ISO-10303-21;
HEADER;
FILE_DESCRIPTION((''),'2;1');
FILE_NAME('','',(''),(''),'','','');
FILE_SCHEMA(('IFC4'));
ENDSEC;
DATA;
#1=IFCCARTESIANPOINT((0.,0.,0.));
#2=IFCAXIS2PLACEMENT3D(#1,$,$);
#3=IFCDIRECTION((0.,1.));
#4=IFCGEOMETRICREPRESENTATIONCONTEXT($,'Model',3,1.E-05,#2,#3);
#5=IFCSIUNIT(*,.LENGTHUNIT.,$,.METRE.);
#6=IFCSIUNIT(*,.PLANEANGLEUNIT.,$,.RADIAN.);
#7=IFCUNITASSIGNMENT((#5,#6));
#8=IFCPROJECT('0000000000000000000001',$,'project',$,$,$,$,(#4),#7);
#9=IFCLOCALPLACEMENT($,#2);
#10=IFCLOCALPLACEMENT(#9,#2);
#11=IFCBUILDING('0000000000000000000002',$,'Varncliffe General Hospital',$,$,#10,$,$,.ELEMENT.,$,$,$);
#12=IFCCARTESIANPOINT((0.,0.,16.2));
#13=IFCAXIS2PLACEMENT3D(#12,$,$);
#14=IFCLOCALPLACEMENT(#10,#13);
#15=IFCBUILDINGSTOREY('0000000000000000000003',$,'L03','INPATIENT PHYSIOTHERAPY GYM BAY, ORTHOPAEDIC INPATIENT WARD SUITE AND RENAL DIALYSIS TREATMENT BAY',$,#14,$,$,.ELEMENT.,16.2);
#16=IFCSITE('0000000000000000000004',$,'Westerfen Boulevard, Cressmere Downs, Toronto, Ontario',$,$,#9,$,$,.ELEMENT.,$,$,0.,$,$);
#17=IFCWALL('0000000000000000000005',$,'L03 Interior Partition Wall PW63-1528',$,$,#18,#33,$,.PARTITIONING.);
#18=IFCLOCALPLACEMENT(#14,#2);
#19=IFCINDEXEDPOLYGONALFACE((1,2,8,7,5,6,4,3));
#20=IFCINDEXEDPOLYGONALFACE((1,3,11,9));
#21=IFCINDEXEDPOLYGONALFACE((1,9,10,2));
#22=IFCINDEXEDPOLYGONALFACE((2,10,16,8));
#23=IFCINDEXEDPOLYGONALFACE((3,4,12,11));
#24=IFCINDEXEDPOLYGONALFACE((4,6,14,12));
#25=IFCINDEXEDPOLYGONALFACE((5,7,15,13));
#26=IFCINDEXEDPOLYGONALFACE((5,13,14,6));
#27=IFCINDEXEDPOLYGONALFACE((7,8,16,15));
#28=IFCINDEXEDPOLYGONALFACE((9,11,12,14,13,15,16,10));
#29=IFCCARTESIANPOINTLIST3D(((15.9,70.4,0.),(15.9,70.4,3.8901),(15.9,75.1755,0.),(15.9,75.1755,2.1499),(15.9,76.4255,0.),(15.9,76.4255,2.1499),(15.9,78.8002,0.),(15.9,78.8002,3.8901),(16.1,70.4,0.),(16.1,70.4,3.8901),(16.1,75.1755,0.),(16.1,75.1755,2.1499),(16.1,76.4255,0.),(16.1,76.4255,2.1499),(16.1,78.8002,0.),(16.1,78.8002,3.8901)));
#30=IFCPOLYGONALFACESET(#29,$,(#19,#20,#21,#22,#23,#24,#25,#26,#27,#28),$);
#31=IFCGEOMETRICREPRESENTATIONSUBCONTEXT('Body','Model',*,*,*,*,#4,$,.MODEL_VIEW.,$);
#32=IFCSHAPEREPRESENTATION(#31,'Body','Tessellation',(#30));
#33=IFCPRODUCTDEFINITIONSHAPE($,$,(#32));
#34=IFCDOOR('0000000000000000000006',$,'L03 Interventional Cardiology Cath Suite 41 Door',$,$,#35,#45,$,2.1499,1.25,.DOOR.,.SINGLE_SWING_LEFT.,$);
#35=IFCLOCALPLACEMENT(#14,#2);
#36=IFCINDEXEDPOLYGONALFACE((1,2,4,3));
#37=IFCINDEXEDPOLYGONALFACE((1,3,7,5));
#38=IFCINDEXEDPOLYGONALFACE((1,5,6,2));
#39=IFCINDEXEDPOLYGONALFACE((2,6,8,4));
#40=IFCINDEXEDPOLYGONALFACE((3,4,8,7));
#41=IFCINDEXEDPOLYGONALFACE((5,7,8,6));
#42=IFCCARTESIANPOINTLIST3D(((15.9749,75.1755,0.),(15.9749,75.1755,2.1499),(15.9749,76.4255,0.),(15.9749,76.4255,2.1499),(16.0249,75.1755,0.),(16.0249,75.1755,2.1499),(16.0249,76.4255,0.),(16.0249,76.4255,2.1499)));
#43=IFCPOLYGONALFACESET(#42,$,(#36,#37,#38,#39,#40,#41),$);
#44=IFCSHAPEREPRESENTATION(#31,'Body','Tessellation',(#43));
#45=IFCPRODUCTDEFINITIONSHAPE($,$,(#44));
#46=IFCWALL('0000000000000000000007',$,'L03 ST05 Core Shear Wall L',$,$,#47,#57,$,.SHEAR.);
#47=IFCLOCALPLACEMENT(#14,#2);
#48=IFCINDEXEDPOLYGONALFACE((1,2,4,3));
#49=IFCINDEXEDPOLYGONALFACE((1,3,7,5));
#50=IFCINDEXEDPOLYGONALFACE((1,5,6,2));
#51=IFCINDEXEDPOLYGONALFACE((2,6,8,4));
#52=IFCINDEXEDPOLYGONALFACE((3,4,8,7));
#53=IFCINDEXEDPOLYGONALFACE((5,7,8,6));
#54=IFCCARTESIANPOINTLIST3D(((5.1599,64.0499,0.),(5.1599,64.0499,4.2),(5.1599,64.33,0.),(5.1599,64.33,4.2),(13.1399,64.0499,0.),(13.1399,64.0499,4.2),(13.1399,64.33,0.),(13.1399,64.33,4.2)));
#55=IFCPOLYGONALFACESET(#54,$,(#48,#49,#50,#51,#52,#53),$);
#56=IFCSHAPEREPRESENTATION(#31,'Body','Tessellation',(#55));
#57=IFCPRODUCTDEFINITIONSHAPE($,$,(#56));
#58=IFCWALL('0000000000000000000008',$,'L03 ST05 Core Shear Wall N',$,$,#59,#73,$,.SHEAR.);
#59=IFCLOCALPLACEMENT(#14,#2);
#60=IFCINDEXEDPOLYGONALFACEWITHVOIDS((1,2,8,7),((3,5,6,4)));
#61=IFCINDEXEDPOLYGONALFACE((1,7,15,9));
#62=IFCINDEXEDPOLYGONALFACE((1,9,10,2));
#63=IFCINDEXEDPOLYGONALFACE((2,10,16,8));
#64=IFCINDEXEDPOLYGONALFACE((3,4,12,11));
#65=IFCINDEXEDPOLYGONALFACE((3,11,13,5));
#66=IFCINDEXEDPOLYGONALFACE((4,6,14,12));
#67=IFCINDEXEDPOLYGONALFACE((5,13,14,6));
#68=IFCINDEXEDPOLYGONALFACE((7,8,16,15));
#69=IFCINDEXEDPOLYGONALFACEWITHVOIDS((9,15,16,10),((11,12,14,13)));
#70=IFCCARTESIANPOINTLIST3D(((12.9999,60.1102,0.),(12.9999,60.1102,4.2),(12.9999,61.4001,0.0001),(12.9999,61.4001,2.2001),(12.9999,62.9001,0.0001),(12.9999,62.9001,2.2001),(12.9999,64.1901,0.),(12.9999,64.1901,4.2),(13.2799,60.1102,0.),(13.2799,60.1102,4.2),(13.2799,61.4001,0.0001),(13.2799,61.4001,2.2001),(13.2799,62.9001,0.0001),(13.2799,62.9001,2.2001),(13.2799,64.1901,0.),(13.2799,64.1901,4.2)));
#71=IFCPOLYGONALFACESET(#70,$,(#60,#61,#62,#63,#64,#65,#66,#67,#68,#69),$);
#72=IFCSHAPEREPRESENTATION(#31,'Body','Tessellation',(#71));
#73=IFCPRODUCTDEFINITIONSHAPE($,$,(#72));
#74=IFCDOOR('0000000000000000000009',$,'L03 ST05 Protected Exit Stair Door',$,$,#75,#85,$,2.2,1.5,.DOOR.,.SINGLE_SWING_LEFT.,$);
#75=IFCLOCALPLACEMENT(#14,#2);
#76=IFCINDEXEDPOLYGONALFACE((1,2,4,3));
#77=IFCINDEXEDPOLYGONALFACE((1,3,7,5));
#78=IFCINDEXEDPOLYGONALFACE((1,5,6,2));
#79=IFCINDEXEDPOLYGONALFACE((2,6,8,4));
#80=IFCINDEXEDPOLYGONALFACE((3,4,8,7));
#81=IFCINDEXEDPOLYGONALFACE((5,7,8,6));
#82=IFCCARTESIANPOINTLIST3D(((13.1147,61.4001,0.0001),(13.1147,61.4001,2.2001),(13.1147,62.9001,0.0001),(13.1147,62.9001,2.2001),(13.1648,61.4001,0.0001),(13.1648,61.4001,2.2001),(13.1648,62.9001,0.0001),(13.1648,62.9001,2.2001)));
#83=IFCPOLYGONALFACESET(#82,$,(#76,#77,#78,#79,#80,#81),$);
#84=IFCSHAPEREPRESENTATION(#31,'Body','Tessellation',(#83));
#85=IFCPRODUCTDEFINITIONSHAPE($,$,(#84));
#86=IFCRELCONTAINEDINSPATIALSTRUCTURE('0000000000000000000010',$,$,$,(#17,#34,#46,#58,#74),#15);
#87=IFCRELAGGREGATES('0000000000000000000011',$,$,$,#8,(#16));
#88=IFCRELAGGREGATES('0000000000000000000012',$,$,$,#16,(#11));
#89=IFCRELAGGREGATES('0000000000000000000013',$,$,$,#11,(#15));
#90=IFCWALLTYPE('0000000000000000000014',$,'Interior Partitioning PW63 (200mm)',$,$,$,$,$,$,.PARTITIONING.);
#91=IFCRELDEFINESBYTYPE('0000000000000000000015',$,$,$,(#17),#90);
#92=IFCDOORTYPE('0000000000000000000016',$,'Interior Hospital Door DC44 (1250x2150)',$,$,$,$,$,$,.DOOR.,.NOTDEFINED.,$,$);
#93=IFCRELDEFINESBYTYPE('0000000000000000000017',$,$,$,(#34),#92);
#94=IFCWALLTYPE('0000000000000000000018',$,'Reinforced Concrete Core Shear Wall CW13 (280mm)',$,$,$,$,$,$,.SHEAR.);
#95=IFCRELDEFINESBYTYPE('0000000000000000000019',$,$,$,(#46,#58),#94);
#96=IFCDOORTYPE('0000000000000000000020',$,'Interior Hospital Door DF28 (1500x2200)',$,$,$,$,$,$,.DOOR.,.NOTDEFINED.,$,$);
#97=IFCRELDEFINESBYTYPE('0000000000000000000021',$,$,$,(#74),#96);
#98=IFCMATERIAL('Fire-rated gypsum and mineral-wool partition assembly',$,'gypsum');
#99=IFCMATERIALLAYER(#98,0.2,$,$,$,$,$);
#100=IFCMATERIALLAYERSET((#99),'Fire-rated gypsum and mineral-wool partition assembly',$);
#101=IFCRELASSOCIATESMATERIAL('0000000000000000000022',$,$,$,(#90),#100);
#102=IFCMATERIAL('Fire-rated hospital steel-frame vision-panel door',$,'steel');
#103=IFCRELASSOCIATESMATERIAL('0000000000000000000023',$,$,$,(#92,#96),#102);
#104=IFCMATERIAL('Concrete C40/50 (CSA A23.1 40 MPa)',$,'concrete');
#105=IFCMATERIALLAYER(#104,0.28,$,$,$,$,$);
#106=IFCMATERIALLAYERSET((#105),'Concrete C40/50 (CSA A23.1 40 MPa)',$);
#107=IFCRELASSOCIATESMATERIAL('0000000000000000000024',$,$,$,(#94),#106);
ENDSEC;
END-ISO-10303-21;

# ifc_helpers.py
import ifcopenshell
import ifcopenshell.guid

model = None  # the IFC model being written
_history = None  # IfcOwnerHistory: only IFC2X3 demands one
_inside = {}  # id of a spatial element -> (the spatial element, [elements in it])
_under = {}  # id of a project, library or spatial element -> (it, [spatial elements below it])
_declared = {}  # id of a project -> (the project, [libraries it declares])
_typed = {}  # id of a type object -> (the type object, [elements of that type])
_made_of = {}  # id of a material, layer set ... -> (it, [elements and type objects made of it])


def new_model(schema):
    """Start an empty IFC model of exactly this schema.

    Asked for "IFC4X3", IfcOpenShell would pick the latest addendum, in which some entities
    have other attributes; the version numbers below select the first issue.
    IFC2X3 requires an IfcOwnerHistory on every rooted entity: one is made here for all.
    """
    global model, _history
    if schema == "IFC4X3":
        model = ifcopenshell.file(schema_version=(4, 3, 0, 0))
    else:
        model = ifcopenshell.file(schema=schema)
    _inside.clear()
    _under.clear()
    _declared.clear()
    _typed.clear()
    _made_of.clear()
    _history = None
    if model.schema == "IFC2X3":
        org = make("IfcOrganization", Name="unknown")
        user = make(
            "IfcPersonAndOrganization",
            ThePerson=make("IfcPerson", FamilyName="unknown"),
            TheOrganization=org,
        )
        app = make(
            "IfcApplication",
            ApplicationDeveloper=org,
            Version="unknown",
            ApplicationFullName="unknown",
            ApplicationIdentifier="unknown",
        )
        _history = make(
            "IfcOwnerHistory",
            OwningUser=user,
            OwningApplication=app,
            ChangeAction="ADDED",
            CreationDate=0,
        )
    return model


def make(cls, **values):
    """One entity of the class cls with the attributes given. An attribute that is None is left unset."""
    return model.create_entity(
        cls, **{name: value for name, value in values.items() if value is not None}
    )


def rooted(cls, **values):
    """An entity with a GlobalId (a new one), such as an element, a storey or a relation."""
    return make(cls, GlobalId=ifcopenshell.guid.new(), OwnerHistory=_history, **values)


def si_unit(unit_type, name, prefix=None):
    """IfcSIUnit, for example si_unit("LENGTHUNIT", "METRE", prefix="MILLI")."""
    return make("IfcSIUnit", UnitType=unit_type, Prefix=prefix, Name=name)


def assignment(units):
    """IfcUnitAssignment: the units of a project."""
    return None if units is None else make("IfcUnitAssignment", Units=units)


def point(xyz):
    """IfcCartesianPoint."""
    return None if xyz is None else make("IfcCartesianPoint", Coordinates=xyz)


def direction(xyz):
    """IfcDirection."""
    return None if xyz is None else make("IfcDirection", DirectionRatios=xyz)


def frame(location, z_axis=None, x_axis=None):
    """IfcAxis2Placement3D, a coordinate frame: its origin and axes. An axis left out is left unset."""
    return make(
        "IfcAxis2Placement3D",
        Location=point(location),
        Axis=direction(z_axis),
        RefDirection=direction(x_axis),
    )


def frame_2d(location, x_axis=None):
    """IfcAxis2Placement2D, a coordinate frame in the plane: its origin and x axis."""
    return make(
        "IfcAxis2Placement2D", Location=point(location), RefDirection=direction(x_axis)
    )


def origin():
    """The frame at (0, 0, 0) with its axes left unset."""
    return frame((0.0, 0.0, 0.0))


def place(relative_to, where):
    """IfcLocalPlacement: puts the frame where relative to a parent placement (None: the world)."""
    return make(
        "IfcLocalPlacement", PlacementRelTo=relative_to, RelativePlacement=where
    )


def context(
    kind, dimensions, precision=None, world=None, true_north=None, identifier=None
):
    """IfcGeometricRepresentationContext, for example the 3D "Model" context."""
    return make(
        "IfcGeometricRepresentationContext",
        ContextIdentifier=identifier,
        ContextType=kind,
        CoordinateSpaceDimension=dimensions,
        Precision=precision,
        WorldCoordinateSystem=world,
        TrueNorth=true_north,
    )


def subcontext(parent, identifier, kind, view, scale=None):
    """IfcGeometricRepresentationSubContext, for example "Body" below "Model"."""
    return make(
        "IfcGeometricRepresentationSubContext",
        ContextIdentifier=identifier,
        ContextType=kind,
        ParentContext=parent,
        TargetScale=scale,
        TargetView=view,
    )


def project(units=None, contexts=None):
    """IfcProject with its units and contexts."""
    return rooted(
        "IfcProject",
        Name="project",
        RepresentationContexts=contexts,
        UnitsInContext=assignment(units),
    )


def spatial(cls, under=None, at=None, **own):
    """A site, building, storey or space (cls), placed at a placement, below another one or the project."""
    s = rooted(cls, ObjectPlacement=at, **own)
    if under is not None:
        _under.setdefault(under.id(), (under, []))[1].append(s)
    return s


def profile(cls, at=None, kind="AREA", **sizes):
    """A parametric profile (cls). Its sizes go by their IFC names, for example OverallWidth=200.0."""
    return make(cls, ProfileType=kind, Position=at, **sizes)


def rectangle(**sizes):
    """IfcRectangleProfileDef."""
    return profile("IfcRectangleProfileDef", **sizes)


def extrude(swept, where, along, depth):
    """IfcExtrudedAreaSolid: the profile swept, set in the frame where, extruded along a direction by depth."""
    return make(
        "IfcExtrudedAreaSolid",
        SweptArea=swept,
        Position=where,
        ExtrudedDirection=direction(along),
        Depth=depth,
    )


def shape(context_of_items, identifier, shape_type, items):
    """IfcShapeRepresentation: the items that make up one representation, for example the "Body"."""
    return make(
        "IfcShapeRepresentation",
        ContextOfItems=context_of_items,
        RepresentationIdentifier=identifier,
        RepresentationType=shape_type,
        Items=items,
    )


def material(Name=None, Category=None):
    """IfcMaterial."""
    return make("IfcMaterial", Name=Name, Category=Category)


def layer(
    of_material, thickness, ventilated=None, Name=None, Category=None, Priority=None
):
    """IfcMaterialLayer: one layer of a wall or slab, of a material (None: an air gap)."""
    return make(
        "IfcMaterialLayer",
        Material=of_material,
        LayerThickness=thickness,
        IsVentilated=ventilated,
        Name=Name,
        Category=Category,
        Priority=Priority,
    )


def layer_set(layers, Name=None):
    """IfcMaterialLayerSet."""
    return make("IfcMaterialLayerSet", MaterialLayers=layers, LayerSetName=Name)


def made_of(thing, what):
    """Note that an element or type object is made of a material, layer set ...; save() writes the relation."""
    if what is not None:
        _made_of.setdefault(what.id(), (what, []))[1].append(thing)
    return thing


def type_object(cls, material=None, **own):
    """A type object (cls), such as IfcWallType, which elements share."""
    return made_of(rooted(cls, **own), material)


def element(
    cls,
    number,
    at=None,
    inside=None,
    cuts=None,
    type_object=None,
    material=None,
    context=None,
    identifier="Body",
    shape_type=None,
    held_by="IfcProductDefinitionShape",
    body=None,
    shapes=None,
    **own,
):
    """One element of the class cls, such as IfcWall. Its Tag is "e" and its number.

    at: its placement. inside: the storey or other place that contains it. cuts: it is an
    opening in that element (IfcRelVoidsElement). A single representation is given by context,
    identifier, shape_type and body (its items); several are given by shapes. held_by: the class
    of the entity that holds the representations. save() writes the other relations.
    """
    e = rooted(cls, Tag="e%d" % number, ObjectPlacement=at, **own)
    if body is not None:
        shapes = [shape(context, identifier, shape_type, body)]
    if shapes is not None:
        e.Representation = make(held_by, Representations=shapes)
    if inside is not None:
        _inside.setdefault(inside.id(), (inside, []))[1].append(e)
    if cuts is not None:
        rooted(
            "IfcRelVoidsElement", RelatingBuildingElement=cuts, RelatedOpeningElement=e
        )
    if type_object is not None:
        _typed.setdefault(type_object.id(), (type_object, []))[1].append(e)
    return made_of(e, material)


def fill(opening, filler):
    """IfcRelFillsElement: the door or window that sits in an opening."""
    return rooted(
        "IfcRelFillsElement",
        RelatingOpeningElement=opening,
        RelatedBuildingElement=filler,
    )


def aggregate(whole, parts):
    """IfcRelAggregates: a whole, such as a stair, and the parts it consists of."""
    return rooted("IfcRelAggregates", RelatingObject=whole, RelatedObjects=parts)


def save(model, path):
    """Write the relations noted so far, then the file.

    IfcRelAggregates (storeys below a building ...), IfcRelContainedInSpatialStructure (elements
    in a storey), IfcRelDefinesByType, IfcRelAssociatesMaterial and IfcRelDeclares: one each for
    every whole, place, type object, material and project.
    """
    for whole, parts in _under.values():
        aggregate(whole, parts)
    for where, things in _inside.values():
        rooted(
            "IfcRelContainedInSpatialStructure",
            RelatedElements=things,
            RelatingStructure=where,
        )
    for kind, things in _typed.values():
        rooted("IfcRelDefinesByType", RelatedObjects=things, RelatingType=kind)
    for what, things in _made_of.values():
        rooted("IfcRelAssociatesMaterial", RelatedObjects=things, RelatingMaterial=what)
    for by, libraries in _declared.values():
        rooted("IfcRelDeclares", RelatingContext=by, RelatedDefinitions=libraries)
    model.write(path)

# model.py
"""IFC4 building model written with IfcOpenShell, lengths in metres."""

from ifc_helpers import new_model, si_unit, direction, frame, frame_2d, origin, place, context, subcontext, project, spatial, rectangle, extrude, material, layer, layer_set, type_object, element, fill, save


model = new_model("IFC4")

# Units and contexts
model_context = context("Model", 3, precision=1e-05, world=origin(), true_north=direction((0.0, 1.0)))
body_context = subcontext(model_context, "Body", "Model", "MODEL_VIEW")
ifc_project = project(units=[si_unit("LENGTHUNIT", "METRE"), si_unit("PLANEANGLEUNIT", "RADIAN")], contexts=[model_context])

# Site, building, storey
site_placement = place(None, origin())
site = spatial("IfcSite", under=ifc_project, at=site_placement, Name="Westerfen Boulevard, Cressmere Downs, Toronto, Ontario", CompositionType="ELEMENT", RefElevation=0.0)
building_placement = place(site_placement, origin())
building = spatial("IfcBuilding", under=site, at=building_placement, Name="Varncliffe General Hospital", CompositionType="ELEMENT")
storey_placement = place(building_placement, frame((0.0, 0.0, 16.2)))
storey = spatial("IfcBuildingStorey", under=building, at=storey_placement, Name="L03", Description="INPATIENT PHYSIOTHERAPY GYM BAY, ORTHOPAEDIC INPATIENT WARD SUITE AND RENAL DIALYSIS TREATMENT BAY", CompositionType="ELEMENT", Elevation=16.2)

# Shared definitions
ifc_material_1 = material(Name="Concrete C40/50 (CSA A23.1 40 MPa)", Category="concrete")

# Wall, opening, door
ifc_material_2 = material(Name="Fire-rated gypsum and mineral-wool partition assembly", Category="gypsum")
ifc_layer_1 = layer(ifc_material_2, 0.2)
ifc_layer_set_1 = layer_set([ifc_layer_1], Name="Fire-rated gypsum and mineral-wool partition assembly")
wall_type_1 = type_object("IfcWallType", Name="Interior Partitioning PW63 (200mm)", PredefinedType="PARTITIONING", material=ifc_layer_set_1)
ifc_material_3 = material(Name="Fire-rated hospital steel-frame vision-panel door", Category="steel")
wall_1_placement = place(storey_placement, frame((16.0, 70.3999, 0.0), z_axis=(0.0, 0.0, 1.0), x_axis=(0.0, 1.0, 0.0)))
wall_1 = element("IfcWall", 1, at=wall_1_placement, inside=storey, type_object=wall_type_1, Name="L03 Interior Partition Wall PW63-1528", PredefinedType="PARTITIONING", context=body_context, shape_type="SweptSolid", body=[
    extrude(rectangle(XDim=8.4001, YDim=0.2, at=frame_2d((4.2002, 0.0))), origin(), (0.0, 0.0, 1.0), 3.8901),
])
opening_1_placement = place(wall_1_placement, frame((4.7756, 0.0, 0.0)))
opening_1 = element("IfcOpeningElement", 2, at=opening_1_placement, cuts=wall_1, PredefinedType="OPENING", context=body_context, shape_type="SweptSolid", body=[
    extrude(rectangle(XDim=1.25, YDim=2.1499, at=frame_2d((0.625, 1.075))), frame((0.0, 0.1099, 0.0), z_axis=(0.0, -1.0, 0.0), x_axis=(1.0, 0.0, 0.0)), (0.0, 0.0, 1.0), 0.22),
])
door_type_1 = type_object("IfcDoorType", Name="Interior Hospital Door DC44 (1250x2150)", OperationType="NOTDEFINED", PredefinedType="DOOR", material=ifc_material_3)
door_1_placement = place(opening_1_placement, frame((1.25, 0.0, 0.0), z_axis=(0.0, 0.0, 1.0), x_axis=(-1.0, 0.0, 0.0)))
door_1 = element("IfcDoor", 3, at=door_1_placement, inside=storey, type_object=door_type_1, Name="L03 Interventional Cardiology Cath Suite 41 Door", OperationType="SINGLE_SWING_LEFT", OverallHeight=2.1499, OverallWidth=1.25, PredefinedType="DOOR", context=body_context, shape_type="SweptSolid", body=[
    extrude(rectangle(XDim=1.25, YDim=2.1499, at=frame_2d((0.625, 1.075))), frame((0.0, 0.0249, 0.0), z_axis=(0.0, -1.0, 0.0), x_axis=(1.0, 0.0, 0.0)), (0.0, 0.0, 1.0), 0.05),
])
fill(opening_1, door_1)

# Wall
ifc_layer_2 = layer(ifc_material_1, 0.28)
ifc_layer_set_2 = layer_set([ifc_layer_2], Name="Concrete C40/50 (CSA A23.1 40 MPa)")
wall_type_2 = type_object("IfcWallType", Name="Reinforced Concrete Core Shear Wall CW13 (280mm)", PredefinedType="SHEAR", material=ifc_layer_set_2)
wall_2_placement = place(storey_placement, frame((13.1399, 64.1899, 0.0), z_axis=(0.0, 0.0, 1.0), x_axis=(-1.0, 0.0, 0.0)))
element("IfcWall", 4, at=wall_2_placement, inside=storey, type_object=wall_type_2, Name="L03 ST05 Core Shear Wall L", PredefinedType="SHEAR", context=body_context, shape_type="SweptSolid", body=[
    extrude(rectangle(XDim=7.98, YDim=0.28, at=frame_2d((3.99, 0.0))), origin(), (0.0, 0.0, 1.0), 4.2),
])

# Wall, opening, door
wall_3_placement = place(storey_placement, frame((13.1399, 60.1101, 0.0), z_axis=(0.0, 0.0, 1.0), x_axis=(0.0, 1.0, 0.0)))
wall_3 = element("IfcWall", 5, at=wall_3_placement, inside=storey, type_object=wall_type_2, Name="L03 ST05 Core Shear Wall N", PredefinedType="SHEAR", context=body_context, shape_type="SweptSolid", body=[
    extrude(rectangle(XDim=4.0798, YDim=0.28, at=frame_2d((2.04, 0.0))), origin(), (0.0, 0.0, 1.0), 4.2),
])
opening_2_placement = place(wall_3_placement, frame((1.29, 0.0, 0.0)))
opening_2 = element("IfcOpeningElement", 6, at=opening_2_placement, cuts=wall_3, PredefinedType="OPENING", context=body_context, shape_type="SweptSolid", body=[
    extrude(rectangle(XDim=1.5, YDim=2.2, at=frame_2d((0.75, 1.1001))), frame((0.0, 0.1499, 0.0), z_axis=(0.0, -1.0, 0.0), x_axis=(1.0, 0.0, 0.0)), (0.0, 0.0, 1.0), 0.3),
])
door_type_2 = type_object("IfcDoorType", Name="Interior Hospital Door DF28 (1500x2200)", OperationType="NOTDEFINED", PredefinedType="DOOR", material=ifc_material_3)
door_2_placement = place(opening_2_placement, frame((1.5, 0.0, 0.0), z_axis=(0.0, 0.0, 1.0), x_axis=(-1.0, 0.0, 0.0)))
door_2 = element("IfcDoor", 7, at=door_2_placement, inside=storey, type_object=door_type_2, Name="L03 ST05 Protected Exit Stair Door", OperationType="SINGLE_SWING_LEFT", OverallHeight=2.2, OverallWidth=1.5, PredefinedType="DOOR", context=body_context, shape_type="SweptSolid", body=[
    extrude(rectangle(XDim=1.5, YDim=2.2, at=frame_2d((0.75, 1.1001))), frame((0.0, 0.0249, 0.0), z_axis=(0.0, -1.0, 0.0), x_axis=(1.0, 0.0, 0.0)), (0.0, 0.0, 1.0), 0.05),
])
fill(opening_2, door_2)

save(model, "model.ifc")
